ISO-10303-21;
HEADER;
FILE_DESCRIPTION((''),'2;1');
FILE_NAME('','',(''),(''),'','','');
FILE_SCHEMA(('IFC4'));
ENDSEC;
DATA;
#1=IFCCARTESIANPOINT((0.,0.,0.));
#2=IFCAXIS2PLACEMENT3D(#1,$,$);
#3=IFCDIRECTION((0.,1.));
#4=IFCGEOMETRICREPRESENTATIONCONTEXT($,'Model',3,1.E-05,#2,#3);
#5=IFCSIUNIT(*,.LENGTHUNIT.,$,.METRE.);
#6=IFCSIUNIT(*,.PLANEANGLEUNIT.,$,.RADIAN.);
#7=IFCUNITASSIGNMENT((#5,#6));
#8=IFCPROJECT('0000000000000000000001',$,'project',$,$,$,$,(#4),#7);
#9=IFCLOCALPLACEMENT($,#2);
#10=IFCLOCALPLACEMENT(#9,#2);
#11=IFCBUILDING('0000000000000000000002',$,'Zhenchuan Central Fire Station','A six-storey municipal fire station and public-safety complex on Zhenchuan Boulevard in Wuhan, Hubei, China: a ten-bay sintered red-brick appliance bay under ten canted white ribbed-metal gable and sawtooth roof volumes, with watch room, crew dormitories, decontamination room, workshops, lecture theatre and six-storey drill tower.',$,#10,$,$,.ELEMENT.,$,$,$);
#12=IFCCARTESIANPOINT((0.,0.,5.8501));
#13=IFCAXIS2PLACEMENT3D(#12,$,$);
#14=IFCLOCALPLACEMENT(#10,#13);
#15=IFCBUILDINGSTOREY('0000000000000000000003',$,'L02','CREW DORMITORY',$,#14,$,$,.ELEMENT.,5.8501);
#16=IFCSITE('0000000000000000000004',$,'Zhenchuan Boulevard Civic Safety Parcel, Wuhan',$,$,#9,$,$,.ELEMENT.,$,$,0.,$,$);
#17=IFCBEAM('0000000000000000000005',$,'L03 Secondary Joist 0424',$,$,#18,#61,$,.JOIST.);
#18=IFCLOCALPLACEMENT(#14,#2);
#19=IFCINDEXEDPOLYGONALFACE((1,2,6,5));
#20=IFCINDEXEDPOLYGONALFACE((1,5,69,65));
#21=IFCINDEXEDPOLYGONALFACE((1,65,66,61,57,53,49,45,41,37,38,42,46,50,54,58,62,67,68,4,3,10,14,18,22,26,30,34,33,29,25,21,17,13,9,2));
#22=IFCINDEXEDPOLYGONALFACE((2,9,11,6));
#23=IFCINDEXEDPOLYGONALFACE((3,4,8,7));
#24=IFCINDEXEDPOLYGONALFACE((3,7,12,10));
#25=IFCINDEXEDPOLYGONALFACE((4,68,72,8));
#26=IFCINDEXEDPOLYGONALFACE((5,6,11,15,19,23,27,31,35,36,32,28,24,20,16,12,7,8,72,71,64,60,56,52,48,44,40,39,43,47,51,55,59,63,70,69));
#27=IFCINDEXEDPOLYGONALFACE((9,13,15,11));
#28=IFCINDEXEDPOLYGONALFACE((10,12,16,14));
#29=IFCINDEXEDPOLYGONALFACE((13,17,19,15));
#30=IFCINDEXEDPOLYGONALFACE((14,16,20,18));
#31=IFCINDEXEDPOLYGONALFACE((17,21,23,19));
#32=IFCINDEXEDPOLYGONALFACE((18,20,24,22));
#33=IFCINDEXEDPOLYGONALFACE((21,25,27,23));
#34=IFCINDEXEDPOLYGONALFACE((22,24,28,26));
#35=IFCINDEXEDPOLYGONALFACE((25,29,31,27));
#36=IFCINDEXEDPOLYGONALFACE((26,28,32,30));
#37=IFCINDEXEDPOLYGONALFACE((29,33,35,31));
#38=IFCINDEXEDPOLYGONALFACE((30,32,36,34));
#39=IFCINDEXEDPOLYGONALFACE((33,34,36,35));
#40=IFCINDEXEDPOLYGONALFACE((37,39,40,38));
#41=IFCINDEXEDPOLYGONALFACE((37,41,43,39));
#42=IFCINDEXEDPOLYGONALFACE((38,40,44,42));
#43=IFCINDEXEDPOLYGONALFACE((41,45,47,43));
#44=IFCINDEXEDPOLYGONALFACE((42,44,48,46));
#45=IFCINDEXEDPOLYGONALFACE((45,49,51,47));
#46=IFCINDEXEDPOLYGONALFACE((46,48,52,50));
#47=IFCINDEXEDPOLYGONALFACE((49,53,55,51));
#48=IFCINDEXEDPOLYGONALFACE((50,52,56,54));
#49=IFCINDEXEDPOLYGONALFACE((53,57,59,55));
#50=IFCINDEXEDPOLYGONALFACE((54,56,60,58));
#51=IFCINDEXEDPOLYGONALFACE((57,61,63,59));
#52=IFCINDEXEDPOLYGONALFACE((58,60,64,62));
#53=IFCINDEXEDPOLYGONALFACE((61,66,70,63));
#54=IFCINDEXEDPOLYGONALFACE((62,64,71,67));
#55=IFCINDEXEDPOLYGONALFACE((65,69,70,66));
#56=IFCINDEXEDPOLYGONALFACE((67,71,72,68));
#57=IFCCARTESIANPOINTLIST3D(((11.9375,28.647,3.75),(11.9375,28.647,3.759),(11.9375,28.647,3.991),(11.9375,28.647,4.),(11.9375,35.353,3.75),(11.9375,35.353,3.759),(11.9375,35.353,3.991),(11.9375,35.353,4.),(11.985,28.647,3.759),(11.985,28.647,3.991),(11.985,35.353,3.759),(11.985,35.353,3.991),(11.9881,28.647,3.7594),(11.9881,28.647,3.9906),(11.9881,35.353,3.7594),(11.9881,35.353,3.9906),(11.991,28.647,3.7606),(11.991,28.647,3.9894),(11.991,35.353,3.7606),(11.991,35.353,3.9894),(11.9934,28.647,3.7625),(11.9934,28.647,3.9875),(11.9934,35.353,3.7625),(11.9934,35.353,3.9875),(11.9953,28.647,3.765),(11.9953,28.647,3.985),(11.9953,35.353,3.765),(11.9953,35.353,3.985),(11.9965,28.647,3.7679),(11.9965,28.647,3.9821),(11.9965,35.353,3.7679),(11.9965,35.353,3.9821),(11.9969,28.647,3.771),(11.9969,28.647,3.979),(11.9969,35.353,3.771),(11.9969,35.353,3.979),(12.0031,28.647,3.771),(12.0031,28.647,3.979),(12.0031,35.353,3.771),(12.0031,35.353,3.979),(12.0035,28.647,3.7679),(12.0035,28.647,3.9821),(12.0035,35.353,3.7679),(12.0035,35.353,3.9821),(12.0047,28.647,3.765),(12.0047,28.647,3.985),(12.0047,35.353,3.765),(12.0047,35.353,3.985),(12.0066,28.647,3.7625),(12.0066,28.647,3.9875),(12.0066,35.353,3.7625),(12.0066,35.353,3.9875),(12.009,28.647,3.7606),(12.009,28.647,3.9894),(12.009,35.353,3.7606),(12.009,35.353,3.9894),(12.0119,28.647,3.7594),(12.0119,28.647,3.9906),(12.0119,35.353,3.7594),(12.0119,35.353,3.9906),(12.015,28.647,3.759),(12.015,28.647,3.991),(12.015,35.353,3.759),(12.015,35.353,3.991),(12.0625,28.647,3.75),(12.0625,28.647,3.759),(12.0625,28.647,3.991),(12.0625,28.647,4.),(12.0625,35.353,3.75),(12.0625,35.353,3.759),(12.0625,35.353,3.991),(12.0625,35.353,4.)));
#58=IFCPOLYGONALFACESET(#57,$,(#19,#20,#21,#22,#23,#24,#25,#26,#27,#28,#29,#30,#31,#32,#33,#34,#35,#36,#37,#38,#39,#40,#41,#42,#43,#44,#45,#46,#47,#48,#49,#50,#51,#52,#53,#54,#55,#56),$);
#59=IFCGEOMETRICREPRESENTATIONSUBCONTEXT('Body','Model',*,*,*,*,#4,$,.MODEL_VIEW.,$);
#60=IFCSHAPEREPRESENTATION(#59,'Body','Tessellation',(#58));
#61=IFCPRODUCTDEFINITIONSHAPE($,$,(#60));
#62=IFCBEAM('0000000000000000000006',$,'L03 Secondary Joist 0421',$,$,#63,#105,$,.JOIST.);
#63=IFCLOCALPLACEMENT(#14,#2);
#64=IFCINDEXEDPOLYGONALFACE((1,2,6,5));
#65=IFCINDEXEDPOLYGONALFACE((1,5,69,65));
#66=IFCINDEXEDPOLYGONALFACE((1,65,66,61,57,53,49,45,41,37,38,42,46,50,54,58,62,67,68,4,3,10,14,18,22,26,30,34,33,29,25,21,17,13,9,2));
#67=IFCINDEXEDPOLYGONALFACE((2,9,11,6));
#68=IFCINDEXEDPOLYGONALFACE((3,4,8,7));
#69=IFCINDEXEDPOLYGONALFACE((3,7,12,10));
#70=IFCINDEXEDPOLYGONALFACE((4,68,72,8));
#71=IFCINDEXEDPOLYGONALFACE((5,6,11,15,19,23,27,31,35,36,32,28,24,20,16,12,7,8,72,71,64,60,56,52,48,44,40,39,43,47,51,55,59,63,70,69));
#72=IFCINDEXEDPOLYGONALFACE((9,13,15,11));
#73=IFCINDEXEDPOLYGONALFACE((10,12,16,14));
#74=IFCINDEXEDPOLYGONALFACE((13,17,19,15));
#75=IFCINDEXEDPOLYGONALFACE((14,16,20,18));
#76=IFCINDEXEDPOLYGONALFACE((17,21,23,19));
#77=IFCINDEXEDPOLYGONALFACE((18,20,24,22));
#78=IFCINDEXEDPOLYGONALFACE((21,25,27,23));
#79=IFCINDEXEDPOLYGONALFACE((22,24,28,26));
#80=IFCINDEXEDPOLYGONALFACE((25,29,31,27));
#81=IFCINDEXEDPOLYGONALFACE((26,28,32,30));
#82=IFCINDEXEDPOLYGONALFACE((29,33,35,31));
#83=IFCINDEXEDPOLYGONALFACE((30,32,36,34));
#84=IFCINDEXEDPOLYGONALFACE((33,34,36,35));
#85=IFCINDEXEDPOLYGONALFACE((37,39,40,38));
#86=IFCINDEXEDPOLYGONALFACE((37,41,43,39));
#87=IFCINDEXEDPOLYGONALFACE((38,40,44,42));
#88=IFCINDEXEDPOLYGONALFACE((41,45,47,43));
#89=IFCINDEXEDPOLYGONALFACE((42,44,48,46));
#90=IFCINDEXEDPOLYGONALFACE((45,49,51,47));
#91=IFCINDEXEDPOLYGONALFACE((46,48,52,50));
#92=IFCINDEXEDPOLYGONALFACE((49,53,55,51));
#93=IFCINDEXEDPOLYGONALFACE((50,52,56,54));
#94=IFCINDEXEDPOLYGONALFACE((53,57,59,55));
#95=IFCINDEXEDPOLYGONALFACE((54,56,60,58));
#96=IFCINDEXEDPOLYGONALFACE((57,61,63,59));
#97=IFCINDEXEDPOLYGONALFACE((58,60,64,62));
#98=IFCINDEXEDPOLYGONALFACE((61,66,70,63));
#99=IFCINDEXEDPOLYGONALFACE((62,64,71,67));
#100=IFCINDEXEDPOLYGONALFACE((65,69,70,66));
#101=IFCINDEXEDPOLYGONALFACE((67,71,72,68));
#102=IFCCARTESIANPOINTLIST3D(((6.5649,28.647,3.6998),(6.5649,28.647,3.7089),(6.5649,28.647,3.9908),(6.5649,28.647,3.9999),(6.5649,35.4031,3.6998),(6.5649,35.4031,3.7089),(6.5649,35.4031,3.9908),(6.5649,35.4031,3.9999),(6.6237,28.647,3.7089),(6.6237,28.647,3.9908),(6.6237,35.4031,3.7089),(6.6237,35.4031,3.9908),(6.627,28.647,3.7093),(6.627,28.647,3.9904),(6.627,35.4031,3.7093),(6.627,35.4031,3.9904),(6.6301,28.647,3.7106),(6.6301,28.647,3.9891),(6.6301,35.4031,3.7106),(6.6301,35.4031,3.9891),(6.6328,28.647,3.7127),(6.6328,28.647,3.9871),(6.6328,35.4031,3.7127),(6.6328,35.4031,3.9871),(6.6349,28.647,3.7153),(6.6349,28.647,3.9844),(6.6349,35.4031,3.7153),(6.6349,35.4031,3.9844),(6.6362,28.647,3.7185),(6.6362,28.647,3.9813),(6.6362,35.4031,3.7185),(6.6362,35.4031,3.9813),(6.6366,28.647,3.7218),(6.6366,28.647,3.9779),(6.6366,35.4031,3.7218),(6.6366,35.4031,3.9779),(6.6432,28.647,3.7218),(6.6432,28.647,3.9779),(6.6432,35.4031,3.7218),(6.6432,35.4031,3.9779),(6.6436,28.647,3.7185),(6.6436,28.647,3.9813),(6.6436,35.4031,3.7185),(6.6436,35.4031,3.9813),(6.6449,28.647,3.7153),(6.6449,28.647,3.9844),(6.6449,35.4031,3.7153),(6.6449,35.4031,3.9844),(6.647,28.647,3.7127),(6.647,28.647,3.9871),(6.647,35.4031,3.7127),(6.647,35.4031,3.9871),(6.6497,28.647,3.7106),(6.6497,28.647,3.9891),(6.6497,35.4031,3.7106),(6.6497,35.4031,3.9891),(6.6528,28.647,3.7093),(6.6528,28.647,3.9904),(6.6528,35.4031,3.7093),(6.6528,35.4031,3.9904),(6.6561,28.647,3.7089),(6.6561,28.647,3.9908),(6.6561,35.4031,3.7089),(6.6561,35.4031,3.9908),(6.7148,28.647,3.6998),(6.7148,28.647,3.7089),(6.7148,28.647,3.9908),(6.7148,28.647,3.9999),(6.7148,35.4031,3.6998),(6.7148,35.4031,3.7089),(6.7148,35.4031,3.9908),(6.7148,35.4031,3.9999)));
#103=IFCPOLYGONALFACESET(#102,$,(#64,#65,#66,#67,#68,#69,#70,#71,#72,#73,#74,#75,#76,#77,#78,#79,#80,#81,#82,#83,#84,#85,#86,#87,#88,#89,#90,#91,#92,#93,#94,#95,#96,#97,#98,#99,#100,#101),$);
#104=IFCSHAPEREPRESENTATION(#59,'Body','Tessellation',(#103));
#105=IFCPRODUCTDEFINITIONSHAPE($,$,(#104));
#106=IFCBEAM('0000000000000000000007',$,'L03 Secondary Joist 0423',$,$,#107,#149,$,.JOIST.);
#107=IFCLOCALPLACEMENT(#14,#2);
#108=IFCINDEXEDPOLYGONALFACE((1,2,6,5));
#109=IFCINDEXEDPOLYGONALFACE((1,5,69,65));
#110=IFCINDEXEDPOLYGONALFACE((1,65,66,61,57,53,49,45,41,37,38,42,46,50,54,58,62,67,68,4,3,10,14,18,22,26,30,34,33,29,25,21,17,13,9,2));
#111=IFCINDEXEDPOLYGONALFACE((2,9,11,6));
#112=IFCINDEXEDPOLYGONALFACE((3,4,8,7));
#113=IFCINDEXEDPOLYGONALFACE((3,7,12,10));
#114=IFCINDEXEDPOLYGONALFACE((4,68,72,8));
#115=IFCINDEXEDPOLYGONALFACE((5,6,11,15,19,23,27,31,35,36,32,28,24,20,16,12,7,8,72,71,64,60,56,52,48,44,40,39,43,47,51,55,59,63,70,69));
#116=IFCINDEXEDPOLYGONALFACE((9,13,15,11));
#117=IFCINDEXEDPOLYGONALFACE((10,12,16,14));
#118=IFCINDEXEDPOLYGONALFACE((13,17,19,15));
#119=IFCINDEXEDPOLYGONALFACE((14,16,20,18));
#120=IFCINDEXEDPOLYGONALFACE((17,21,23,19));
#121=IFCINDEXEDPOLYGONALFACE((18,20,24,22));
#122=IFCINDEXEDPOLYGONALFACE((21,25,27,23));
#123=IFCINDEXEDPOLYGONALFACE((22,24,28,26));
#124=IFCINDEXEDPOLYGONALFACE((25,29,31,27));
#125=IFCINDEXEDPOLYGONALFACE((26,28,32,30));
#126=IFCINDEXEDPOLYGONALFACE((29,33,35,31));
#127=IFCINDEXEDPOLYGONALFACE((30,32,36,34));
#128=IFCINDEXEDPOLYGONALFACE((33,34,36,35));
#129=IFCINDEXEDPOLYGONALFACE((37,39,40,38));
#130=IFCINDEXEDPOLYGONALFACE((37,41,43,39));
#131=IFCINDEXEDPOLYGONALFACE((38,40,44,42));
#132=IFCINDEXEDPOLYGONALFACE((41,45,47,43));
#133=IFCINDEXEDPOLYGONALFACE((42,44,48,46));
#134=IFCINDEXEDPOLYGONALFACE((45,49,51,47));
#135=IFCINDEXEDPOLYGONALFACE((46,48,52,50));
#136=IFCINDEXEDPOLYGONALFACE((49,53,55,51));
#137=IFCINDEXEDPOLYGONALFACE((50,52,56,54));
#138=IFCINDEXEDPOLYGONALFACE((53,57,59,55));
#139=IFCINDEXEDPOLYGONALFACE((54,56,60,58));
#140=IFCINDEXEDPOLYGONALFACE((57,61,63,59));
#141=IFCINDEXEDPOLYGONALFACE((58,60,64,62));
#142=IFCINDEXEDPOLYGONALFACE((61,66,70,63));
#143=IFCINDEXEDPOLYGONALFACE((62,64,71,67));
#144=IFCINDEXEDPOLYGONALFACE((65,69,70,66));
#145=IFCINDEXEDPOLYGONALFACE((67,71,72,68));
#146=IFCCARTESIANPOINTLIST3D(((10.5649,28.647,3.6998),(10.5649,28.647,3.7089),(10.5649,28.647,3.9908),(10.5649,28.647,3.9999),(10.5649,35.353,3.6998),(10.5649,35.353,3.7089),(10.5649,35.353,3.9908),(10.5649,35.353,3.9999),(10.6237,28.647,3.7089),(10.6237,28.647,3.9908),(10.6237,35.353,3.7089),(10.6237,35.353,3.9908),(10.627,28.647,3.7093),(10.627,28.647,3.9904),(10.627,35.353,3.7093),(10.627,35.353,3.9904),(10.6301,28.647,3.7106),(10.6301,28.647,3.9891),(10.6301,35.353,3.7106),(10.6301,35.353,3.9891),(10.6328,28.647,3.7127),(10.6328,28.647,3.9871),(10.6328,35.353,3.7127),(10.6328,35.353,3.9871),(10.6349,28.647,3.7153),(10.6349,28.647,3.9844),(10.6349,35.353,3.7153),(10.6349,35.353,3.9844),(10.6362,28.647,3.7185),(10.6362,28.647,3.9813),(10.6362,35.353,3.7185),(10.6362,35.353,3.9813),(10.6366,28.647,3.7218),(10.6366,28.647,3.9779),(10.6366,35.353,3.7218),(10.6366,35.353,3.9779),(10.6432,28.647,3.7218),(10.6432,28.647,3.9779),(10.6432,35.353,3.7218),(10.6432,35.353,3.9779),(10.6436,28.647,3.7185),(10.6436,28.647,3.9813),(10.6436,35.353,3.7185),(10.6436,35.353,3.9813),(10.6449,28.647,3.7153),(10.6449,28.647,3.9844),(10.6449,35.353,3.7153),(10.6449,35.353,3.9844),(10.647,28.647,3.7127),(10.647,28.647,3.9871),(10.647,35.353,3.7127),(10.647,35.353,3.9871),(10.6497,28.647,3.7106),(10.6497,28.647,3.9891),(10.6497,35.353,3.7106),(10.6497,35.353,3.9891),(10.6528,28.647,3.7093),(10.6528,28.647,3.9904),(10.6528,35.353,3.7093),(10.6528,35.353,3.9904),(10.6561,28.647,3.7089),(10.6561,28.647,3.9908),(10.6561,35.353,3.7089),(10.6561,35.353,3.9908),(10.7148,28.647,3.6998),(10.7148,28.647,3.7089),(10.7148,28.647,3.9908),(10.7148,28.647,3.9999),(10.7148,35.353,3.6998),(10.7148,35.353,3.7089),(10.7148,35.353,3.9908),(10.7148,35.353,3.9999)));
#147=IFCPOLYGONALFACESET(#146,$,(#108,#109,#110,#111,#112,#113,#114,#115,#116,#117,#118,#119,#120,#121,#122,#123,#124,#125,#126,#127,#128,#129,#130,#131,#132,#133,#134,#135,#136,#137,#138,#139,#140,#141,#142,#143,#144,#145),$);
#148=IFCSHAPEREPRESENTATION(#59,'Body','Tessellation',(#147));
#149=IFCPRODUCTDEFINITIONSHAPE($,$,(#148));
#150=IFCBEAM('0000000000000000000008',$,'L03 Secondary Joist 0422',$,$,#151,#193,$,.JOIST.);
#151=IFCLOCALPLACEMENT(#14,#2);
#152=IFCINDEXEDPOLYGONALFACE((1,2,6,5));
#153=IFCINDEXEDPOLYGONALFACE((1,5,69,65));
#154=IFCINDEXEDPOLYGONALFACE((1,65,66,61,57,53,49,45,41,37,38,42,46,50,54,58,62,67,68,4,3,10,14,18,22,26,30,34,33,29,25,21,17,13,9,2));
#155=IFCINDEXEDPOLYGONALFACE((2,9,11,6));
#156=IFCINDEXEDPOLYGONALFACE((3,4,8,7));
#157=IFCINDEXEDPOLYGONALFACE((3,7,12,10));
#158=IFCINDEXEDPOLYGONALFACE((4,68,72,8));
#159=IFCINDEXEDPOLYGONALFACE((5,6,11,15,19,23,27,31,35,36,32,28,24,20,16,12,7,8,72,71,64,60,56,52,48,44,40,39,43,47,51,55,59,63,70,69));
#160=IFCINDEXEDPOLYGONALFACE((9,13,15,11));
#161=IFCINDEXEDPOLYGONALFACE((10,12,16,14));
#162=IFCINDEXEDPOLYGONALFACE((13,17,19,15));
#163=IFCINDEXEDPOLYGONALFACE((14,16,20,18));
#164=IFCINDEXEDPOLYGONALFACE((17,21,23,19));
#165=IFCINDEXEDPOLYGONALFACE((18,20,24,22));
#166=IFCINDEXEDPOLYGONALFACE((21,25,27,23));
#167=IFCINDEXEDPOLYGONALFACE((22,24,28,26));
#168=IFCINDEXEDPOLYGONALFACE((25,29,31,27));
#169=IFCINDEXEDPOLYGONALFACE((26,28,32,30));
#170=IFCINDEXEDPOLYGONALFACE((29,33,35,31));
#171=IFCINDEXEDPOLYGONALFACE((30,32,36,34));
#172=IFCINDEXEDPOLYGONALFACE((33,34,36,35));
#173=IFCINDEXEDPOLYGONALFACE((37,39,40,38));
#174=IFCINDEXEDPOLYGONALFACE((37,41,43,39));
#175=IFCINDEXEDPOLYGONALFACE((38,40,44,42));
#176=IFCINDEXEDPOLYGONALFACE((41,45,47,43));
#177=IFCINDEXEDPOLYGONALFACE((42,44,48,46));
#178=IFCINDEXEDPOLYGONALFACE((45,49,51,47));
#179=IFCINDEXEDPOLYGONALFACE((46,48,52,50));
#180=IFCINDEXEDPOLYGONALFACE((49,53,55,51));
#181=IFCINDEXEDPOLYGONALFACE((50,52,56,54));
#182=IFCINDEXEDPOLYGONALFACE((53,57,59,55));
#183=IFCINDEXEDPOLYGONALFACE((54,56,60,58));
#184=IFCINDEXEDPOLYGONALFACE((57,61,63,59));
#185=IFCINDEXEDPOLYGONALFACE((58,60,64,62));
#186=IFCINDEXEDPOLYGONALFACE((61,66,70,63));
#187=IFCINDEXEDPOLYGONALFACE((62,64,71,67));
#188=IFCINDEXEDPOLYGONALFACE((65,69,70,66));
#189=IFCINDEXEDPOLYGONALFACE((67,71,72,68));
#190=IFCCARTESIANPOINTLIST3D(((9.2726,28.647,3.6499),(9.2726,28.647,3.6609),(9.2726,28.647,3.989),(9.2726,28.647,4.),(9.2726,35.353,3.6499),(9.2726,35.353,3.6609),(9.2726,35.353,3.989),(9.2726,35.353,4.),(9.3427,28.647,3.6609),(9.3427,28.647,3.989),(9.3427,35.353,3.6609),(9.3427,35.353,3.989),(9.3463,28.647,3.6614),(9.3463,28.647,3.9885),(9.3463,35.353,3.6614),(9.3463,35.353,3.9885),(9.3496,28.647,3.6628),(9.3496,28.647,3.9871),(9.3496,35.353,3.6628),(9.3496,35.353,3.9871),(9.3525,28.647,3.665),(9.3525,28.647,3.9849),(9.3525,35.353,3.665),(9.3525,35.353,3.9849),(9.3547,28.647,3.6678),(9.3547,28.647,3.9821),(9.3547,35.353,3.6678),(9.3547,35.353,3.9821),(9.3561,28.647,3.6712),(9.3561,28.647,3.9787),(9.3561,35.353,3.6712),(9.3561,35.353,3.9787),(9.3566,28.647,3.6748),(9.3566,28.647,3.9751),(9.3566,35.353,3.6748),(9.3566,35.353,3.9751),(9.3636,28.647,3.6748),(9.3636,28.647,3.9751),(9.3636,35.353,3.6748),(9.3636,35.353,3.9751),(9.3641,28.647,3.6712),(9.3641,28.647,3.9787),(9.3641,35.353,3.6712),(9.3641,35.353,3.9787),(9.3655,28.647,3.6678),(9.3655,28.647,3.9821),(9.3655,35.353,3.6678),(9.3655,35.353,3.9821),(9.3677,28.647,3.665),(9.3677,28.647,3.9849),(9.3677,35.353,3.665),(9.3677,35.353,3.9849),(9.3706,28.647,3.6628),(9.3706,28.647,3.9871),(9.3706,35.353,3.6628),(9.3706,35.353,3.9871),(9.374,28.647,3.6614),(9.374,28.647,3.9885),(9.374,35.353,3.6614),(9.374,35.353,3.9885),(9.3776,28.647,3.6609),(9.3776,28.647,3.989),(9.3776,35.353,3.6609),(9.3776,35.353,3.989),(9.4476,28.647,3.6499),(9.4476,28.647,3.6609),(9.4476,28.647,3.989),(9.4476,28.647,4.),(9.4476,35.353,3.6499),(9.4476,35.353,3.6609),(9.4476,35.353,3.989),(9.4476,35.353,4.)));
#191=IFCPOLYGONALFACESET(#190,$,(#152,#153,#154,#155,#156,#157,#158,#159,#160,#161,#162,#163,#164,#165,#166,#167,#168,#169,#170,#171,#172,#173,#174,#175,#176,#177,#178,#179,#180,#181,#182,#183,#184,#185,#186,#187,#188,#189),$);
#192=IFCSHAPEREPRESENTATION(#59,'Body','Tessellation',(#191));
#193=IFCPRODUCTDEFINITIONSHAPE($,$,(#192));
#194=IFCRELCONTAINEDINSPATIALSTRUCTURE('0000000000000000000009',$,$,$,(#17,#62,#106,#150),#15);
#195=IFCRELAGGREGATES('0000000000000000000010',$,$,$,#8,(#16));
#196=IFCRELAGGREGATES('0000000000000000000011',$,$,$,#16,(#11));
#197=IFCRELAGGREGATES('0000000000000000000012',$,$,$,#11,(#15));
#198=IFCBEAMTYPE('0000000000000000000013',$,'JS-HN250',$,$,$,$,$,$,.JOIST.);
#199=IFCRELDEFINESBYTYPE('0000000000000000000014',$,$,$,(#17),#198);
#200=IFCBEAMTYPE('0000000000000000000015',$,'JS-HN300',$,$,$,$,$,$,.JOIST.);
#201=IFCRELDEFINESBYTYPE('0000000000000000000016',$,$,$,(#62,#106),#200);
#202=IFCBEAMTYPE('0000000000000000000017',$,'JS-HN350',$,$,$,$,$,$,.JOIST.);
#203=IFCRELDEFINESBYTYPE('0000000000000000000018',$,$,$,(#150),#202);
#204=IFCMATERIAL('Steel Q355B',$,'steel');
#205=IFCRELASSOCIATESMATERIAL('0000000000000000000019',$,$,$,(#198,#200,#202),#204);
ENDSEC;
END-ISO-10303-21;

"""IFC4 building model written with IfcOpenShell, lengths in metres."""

from ifc_helpers import new_model, si_unit, direction, frame, origin, origin_2d, place, context, subcontext, project, spatial, i_section, extrude, material, material_profile, profile_set, type_object, element, save


model = new_model("IFC4")

# Units and contexts
model_context = context("Model", 3, precision=1e-05, world=origin(), true_north=direction((0.0, 1.0)))
body_context = subcontext(model_context, "Body", "Model", "MODEL_VIEW")
ifc_project = project(units=[si_unit("LENGTHUNIT", "METRE"), si_unit("PLANEANGLEUNIT", "RADIAN")], contexts=[model_context])

# Site, building, storey
site_placement = place(None, origin())
site = spatial("IfcSite", under=ifc_project, at=site_placement, Name="Zhenchuan Boulevard Civic Safety Parcel, Wuhan", CompositionType="ELEMENT", RefElevation=0.0)
building_placement = place(site_placement, origin())
building = spatial("IfcBuilding", under=site, at=building_placement, Name="Zhenchuan Central Fire Station", Description="A six-storey municipal fire station and public-safety complex on Zhenchuan Boulevard in Wuhan, Hubei, China: a ten-bay sintered red-brick appliance bay under ten canted white ribbed-metal gable and sawtooth roof volumes, with watch room, crew dormitories, decontamination room, workshops, lecture theatre and six-storey drill tower.", CompositionType="ELEMENT")
storey_placement = place(building_placement, frame((0.0, 0.0, 5.8501)))
storey = spatial("IfcBuildingStorey", under=building, at=storey_placement, Name="L02", Description="CREW DORMITORY", CompositionType="ELEMENT", Elevation=5.8501)

# Shared definitions
ifc_material_1 = material(Name="Steel Q355B", Category="steel")

# Beams
ifc_material_profile_1 = material_profile(ifc_material_1, i_section(OverallWidth=0.125, OverallDepth=0.25, WebThickness=0.0061, FlangeThickness=0.009, FilletRadius=0.012, at=origin_2d()), Name="HN 250x125")
ifc_profile_set_1 = profile_set([ifc_material_profile_1], Name="Steel Q355B")
beam_type_1 = type_object("IfcBeamType", Name="JS-HN250", PredefinedType="JOIST", material=ifc_profile_set_1)
beam_1_placement = place(storey_placement, frame((12.0, 28.647, 3.875), z_axis=(0.0, 1.0, 0.0), x_axis=(-1.0, 0.0, 0.0)))
element("IfcBeam", 1, at=beam_1_placement, inside=storey, type_object=beam_type_1, Name="L03 Secondary Joist 0424", PredefinedType="JOIST", context=body_context, shape_type="SweptSolid", body=[
    extrude(i_section(OverallWidth=0.125, OverallDepth=0.25, WebThickness=0.0061, FlangeThickness=0.009, FilletRadius=0.012, at=origin_2d()), origin(), (0.0, 0.0, 1.0), 6.7061),
])
ifc_material_profile_2 = material_profile(ifc_material_1, i_section(OverallWidth=0.1499, OverallDepth=0.3, WebThickness=0.0066, FlangeThickness=0.009, FilletRadius=0.0129, at=origin_2d()), Name="HN 300x150")
ifc_profile_set_2 = profile_set([ifc_material_profile_2], Name="Steel Q355B")
beam_type_2 = type_object("IfcBeamType", Name="JS-HN300", PredefinedType="JOIST", material=ifc_profile_set_2)
beam_2_placement = place(storey_placement, frame((6.6399, 28.647, 3.8499), z_axis=(0.0, 1.0, 0.0), x_axis=(-1.0, 0.0, 0.0)))
element("IfcBeam", 2, at=beam_2_placement, inside=storey, type_object=beam_type_2, Name="L03 Secondary Joist 0421", PredefinedType="JOIST", context=body_context, shape_type="SweptSolid", body=[
    extrude(i_section(OverallWidth=0.1499, OverallDepth=0.3, WebThickness=0.0066, FlangeThickness=0.009, FilletRadius=0.0129, at=origin_2d()), origin(), (0.0, 0.0, 1.0), 6.7561),
])
beam_3_placement = place(storey_placement, frame((10.6399, 28.647, 3.8499), z_axis=(0.0, 1.0, 0.0), x_axis=(-1.0, 0.0, 0.0)))
element("IfcBeam", 3, at=beam_3_placement, inside=storey, type_object=beam_type_2, Name="L03 Secondary Joist 0423", PredefinedType="JOIST", context=body_context, shape_type="SweptSolid", body=[
    extrude(i_section(OverallWidth=0.1499, OverallDepth=0.3, WebThickness=0.0066, FlangeThickness=0.009, FilletRadius=0.0129, at=origin_2d()), origin(), (0.0, 0.0, 1.0), 6.7061),
])
ifc_material_profile_3 = material_profile(ifc_material_1, i_section(OverallWidth=0.175, OverallDepth=0.3501, WebThickness=0.0071, FlangeThickness=0.011, FilletRadius=0.0139, at=origin_2d()), Name="HN 350x175")
ifc_profile_set_3 = profile_set([ifc_material_profile_3], Name="Steel Q355B")
beam_type_3 = type_object("IfcBeamType", Name="JS-HN350", PredefinedType="JOIST", material=ifc_profile_set_3)
beam_4_placement = place(storey_placement, frame((9.3601, 28.647, 3.825), z_axis=(0.0, 1.0, 0.0), x_axis=(-1.0, 0.0, 0.0)))
element("IfcBeam", 4, at=beam_4_placement, inside=storey, type_object=beam_type_3, Name="L03 Secondary Joist 0422", PredefinedType="JOIST", context=body_context, shape_type="SweptSolid", body=[
    extrude(i_section(OverallWidth=0.175, OverallDepth=0.3501, WebThickness=0.0071, FlangeThickness=0.011, FilletRadius=0.0139, at=origin_2d()), origin(), (0.0, 0.0, 1.0), 6.7061),
])

save(model, "model.ifc")
